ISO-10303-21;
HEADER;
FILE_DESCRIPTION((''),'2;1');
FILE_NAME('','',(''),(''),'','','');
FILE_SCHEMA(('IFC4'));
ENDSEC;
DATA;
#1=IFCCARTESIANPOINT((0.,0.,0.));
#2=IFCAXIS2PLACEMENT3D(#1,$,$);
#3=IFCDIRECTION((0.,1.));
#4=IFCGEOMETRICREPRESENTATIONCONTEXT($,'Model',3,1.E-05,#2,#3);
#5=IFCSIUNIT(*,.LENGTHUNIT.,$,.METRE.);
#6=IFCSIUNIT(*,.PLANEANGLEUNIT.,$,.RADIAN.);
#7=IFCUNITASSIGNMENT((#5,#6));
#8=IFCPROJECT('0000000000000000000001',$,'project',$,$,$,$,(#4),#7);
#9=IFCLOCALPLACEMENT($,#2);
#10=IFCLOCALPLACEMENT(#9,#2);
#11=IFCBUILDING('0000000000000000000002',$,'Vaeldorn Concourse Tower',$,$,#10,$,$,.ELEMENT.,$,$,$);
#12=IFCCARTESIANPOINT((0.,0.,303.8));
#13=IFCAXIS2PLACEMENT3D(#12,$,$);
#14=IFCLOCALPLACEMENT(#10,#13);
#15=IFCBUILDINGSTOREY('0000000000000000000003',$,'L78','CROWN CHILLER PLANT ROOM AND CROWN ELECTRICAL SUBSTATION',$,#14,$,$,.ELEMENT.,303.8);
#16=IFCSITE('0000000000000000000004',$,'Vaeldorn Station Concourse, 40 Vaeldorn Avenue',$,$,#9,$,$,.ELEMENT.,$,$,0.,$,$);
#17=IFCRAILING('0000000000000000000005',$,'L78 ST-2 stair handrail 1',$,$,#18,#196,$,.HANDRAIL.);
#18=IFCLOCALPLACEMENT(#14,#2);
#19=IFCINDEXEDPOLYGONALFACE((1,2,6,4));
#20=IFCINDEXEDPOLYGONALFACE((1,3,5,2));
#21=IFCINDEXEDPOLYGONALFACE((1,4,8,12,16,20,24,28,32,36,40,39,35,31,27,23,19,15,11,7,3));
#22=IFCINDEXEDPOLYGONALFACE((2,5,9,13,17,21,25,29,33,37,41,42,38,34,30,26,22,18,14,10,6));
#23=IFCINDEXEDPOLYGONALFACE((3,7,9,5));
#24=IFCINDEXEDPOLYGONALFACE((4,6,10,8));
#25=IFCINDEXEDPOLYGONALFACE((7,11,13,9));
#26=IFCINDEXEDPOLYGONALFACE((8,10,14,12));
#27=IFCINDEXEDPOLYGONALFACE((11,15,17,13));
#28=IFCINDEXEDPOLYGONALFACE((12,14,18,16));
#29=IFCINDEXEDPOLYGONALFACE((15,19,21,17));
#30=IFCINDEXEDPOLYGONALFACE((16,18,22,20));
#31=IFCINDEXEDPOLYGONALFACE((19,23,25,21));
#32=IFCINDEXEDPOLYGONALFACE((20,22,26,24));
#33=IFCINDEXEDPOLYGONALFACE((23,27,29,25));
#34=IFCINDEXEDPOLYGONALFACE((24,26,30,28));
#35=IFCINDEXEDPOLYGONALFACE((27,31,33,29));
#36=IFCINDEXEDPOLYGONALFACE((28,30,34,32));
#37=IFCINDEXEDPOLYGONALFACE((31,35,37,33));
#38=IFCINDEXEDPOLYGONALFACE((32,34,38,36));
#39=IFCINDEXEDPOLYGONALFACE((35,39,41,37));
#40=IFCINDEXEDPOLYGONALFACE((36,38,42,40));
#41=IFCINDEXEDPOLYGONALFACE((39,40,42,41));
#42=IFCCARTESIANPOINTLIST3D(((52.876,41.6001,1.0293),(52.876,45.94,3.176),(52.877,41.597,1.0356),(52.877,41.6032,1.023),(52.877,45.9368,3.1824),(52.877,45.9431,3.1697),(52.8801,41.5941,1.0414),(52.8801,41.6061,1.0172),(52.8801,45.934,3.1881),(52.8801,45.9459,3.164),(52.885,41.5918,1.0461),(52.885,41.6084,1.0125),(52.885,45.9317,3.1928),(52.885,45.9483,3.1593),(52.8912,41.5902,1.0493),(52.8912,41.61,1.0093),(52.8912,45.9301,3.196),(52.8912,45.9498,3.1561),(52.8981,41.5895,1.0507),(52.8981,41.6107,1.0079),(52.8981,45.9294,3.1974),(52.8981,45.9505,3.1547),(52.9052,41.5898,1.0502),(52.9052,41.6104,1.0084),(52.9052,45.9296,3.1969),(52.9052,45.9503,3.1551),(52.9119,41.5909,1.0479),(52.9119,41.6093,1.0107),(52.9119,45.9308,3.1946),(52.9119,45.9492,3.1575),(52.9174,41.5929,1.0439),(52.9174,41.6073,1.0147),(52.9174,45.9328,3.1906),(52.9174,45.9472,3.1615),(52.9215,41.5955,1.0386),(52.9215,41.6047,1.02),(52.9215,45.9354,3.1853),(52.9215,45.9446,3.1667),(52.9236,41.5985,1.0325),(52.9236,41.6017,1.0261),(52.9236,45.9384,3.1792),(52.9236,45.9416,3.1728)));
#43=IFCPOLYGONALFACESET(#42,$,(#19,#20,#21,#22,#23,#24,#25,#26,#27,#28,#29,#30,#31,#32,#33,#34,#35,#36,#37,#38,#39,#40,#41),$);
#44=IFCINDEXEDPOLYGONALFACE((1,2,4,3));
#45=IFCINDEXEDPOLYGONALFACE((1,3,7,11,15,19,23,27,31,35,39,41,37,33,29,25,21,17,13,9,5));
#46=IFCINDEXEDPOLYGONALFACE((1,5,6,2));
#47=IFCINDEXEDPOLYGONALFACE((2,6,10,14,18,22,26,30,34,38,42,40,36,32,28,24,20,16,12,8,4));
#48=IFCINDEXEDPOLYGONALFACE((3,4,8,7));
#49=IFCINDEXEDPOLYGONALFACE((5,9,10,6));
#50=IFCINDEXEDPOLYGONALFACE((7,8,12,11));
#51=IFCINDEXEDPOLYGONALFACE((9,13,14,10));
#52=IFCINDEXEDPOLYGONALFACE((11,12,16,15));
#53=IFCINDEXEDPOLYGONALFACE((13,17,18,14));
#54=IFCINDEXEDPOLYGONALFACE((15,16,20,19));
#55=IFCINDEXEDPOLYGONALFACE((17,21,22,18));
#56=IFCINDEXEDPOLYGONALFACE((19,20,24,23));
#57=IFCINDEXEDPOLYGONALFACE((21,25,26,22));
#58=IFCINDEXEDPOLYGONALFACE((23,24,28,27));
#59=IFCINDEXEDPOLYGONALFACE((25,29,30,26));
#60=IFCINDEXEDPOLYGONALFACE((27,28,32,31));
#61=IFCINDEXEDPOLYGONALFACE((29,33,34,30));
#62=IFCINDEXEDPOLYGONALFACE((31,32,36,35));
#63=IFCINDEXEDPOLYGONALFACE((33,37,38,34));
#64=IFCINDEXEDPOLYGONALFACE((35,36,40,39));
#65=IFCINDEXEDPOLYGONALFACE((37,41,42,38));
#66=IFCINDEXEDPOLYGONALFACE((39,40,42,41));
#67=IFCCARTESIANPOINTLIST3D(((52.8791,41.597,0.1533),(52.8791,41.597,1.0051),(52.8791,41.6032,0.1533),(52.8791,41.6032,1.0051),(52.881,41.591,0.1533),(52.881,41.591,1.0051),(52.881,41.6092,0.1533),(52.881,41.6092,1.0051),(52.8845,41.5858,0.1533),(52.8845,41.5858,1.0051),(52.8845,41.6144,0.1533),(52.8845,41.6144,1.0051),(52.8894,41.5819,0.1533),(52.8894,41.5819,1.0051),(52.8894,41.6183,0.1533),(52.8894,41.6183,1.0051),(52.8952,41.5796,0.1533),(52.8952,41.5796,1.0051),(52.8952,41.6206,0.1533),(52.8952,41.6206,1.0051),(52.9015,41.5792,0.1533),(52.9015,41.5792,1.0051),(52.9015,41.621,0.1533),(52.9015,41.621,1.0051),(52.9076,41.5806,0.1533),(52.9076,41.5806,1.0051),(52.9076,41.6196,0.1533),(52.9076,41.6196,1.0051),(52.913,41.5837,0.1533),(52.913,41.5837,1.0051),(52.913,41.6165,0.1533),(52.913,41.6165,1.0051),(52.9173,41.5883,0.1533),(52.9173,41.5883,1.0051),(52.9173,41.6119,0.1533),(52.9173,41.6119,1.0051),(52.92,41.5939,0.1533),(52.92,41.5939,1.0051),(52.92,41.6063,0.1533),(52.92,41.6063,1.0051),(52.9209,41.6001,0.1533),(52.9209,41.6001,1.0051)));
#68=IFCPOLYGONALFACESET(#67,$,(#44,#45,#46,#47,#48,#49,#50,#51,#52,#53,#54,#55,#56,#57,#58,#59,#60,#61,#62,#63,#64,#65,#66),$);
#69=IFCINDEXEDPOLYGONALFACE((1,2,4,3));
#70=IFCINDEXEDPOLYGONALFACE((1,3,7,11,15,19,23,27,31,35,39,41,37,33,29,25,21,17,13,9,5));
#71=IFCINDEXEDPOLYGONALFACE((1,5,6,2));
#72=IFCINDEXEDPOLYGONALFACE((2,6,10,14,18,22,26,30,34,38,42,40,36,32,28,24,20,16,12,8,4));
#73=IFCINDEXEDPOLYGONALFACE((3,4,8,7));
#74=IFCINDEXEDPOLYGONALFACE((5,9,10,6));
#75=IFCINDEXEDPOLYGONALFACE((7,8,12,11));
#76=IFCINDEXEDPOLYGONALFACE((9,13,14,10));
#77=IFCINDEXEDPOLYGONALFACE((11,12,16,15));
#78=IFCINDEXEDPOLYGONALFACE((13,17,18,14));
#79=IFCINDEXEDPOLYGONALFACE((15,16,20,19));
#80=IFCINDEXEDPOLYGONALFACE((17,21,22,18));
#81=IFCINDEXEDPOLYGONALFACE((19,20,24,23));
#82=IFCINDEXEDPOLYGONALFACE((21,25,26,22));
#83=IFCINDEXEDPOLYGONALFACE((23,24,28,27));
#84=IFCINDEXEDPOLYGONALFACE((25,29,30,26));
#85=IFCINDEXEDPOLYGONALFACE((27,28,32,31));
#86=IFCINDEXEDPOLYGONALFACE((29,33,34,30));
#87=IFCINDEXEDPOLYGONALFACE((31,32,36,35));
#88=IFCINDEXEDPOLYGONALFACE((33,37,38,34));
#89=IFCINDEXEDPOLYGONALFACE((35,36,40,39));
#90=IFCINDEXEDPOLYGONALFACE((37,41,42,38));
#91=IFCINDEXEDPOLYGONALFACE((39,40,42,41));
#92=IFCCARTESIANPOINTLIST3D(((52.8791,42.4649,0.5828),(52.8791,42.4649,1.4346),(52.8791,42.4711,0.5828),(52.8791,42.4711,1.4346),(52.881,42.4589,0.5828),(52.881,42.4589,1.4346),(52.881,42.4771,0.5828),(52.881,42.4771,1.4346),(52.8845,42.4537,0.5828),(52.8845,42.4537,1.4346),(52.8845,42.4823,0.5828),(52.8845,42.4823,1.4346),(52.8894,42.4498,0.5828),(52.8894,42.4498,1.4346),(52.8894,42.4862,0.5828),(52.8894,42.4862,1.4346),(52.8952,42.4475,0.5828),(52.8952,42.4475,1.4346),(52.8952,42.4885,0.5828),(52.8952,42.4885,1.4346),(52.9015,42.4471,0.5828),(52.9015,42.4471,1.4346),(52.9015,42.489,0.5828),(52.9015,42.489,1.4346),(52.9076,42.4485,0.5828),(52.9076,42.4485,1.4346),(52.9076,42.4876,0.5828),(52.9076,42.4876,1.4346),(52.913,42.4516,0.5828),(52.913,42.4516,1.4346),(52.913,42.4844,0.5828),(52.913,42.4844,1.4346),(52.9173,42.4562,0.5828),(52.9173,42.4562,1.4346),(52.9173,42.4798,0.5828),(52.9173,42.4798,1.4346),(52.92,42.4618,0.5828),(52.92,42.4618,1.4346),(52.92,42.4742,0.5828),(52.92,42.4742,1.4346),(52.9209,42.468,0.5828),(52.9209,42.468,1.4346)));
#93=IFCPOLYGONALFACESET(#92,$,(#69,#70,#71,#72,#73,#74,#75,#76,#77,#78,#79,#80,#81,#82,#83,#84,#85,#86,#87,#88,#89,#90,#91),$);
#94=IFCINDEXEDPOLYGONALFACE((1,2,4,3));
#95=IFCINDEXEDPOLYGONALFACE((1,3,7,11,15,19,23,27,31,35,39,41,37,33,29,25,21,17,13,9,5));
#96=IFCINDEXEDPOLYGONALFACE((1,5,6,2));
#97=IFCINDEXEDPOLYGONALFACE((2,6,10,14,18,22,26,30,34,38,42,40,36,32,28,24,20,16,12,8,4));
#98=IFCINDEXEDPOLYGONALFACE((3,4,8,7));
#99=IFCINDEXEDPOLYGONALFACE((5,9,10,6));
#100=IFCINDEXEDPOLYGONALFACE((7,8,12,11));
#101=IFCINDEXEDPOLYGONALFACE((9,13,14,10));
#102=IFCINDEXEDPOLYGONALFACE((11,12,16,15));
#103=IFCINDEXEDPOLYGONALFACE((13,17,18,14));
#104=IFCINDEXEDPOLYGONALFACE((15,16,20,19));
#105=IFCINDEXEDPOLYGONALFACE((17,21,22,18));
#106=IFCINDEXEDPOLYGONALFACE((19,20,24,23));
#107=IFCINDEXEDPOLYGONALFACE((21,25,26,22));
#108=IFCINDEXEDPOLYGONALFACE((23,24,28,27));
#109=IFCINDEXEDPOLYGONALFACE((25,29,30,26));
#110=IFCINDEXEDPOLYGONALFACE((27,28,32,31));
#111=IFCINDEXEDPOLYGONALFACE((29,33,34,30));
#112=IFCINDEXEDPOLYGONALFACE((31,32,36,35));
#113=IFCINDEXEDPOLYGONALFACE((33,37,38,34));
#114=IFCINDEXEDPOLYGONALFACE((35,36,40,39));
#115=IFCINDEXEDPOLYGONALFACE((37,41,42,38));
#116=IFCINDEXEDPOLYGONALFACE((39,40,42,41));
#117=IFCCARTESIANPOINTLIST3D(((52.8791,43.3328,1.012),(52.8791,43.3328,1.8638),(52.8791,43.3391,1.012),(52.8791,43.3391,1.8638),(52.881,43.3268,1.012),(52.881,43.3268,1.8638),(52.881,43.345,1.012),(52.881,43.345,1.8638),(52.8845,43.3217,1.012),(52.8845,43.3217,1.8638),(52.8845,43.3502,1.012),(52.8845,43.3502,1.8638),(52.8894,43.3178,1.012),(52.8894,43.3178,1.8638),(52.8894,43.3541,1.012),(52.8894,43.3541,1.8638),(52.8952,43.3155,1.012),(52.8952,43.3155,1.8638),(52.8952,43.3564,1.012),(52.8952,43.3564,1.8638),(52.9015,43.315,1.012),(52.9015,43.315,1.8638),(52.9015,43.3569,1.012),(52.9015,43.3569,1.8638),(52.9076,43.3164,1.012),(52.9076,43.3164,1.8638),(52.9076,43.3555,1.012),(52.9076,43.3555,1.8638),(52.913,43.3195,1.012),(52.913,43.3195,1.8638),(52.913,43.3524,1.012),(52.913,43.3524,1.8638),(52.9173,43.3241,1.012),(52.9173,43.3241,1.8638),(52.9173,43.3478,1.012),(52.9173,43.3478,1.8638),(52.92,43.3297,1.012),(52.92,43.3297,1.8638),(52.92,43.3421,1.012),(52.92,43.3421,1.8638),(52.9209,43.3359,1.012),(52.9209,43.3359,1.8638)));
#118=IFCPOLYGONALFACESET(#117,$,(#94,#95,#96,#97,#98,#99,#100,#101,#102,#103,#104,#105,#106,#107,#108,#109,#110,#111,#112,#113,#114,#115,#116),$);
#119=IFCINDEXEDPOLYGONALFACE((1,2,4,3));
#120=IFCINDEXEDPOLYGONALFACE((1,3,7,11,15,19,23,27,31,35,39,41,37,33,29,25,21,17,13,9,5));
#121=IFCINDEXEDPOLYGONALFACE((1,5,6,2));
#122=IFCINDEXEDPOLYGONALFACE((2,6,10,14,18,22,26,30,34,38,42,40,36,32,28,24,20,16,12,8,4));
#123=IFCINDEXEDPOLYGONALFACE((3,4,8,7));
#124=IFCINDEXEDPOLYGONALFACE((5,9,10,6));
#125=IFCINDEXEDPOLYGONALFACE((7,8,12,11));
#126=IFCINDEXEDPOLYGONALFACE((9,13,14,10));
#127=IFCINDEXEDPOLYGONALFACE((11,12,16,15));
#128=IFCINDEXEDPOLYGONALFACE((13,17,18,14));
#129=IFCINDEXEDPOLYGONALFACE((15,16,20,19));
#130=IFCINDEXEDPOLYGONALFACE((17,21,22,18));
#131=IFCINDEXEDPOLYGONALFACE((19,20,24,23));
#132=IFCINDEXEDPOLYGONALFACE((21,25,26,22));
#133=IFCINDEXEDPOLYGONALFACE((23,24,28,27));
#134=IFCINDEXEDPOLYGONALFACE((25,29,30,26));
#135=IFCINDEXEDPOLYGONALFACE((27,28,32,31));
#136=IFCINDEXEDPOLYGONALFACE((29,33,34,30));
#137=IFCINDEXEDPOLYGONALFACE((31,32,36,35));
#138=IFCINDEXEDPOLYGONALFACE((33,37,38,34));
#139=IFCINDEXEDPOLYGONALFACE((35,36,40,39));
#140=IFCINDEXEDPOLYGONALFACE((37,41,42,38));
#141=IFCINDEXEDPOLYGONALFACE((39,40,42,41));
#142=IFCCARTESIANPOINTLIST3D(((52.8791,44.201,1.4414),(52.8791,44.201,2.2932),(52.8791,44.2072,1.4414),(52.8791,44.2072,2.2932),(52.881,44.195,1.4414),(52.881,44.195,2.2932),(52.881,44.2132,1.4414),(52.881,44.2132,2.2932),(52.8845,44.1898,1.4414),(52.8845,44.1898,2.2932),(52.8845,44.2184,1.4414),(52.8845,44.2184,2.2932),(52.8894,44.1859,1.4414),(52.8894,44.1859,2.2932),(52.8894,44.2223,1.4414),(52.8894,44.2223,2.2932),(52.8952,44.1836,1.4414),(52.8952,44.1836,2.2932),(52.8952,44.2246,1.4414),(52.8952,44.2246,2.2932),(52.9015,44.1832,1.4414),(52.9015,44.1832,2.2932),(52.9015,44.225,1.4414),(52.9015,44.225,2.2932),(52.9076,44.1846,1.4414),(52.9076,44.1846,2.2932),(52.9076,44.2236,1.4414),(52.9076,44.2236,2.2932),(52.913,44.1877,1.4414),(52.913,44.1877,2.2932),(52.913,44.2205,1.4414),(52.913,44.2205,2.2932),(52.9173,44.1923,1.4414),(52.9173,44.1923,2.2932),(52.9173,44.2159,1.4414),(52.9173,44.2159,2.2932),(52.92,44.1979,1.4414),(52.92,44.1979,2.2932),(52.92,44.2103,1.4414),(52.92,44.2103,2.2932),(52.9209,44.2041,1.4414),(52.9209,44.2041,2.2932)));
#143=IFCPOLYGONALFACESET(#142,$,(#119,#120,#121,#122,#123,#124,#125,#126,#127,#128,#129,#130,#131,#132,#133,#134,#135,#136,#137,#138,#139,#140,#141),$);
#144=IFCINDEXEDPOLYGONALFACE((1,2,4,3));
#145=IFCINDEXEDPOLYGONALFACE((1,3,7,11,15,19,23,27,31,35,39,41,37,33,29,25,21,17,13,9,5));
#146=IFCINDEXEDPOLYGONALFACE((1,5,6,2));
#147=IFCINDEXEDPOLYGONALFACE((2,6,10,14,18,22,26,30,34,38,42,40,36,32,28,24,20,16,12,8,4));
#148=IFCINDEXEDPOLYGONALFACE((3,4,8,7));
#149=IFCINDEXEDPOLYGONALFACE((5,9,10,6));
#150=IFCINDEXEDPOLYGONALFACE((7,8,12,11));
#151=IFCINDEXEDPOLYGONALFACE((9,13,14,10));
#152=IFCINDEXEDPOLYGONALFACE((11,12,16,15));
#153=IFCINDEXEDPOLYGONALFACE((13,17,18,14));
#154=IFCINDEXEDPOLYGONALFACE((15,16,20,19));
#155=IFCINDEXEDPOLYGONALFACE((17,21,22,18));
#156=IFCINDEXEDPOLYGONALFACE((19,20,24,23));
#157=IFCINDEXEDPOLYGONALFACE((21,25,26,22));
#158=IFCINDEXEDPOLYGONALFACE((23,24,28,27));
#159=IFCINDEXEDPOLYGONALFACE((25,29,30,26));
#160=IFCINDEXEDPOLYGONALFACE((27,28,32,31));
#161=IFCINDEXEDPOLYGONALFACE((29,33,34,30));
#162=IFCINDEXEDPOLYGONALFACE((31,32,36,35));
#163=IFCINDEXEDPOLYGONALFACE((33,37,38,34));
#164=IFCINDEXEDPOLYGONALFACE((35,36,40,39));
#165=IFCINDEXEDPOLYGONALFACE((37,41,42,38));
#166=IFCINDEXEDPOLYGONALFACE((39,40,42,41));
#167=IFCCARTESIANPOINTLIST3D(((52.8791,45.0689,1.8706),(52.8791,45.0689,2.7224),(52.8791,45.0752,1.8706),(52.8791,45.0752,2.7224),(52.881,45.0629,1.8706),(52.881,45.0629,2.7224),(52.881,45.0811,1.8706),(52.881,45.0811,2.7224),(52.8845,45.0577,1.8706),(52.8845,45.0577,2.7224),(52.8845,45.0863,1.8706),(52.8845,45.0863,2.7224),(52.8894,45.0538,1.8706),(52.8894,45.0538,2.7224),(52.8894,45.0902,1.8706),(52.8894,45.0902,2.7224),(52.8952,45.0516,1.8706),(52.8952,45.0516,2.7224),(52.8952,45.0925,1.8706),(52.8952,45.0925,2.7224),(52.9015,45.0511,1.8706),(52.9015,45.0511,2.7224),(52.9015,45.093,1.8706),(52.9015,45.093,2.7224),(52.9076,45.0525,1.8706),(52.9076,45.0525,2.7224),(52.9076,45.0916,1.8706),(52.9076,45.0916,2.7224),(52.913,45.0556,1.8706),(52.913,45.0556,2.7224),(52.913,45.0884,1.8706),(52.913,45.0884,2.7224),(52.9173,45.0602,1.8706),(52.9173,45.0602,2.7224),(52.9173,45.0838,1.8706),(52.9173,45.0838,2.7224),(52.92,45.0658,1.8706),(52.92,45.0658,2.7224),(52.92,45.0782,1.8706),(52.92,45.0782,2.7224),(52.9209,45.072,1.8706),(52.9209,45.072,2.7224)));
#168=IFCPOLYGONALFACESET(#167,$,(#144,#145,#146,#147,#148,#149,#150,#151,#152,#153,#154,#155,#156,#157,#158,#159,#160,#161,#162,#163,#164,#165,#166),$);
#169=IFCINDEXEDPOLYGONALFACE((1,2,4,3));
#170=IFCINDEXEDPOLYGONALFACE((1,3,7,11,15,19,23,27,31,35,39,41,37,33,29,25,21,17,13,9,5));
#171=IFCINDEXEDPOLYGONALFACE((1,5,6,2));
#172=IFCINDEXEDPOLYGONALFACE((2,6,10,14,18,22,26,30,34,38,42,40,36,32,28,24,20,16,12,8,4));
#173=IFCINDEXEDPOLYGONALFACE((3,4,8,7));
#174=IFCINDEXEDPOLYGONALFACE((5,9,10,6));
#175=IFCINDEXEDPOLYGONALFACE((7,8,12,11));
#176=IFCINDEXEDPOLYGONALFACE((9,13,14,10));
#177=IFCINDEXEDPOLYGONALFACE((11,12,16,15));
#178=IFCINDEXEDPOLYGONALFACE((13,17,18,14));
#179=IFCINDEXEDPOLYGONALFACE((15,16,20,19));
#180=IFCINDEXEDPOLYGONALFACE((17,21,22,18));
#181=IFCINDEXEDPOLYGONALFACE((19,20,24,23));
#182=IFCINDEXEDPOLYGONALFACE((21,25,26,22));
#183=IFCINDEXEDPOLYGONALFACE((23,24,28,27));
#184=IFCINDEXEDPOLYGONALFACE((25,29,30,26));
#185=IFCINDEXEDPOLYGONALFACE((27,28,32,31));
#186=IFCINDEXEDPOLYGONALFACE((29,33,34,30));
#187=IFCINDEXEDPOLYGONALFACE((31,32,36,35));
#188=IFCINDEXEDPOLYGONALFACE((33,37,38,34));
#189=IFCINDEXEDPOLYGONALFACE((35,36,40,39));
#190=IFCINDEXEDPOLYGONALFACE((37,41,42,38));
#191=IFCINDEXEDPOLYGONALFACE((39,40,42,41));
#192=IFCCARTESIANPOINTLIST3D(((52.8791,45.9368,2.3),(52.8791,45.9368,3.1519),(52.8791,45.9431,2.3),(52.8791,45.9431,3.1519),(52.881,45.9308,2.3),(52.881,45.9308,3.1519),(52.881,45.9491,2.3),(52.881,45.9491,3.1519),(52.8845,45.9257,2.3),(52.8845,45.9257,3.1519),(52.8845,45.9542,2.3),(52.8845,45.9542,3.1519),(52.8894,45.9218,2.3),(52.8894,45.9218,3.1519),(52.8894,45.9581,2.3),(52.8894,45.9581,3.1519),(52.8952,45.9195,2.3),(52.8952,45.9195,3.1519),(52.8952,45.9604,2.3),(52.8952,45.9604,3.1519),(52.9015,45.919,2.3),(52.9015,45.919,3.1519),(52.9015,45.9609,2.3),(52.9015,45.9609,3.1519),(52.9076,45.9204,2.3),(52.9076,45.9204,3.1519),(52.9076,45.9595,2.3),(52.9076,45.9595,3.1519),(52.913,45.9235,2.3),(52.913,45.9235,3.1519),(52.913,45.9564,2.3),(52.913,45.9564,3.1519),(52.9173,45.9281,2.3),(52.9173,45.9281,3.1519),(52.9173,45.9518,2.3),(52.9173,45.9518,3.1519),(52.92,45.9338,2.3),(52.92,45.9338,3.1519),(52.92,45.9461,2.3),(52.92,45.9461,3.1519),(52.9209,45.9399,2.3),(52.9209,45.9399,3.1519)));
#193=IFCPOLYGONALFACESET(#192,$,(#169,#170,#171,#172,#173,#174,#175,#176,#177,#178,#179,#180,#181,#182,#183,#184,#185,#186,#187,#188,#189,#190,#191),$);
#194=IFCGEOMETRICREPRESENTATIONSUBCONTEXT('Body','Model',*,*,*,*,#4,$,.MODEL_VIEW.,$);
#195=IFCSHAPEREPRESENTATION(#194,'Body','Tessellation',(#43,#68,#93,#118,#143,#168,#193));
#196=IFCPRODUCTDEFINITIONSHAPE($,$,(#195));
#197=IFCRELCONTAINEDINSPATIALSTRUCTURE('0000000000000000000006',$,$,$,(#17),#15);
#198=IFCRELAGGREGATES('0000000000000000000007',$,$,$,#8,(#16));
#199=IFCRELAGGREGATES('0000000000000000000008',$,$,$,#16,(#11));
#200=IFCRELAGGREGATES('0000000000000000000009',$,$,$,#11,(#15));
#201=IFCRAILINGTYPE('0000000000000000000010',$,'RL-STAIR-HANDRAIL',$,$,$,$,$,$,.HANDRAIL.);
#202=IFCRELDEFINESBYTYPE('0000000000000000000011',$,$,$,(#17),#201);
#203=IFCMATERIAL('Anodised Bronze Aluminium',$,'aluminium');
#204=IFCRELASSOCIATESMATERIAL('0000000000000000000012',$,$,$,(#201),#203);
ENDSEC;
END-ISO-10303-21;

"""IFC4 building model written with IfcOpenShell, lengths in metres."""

from ifc_helpers import new_model, si_unit, direction, frame, origin, origin_2d, place, context, subcontext, project, spatial, circle, extrude, material, type_object, element, save


model = new_model("IFC4")

# Units and contexts
model_context = context("Model", 3, precision=1e-05, world=origin(), true_north=direction((0.0, 1.0)))
body_context = subcontext(model_context, "Body", "Model", "MODEL_VIEW")
ifc_project = project(units=[si_unit("LENGTHUNIT", "METRE"), si_unit("PLANEANGLEUNIT", "RADIAN")], contexts=[model_context])

# Site, building, storey
site_placement = place(None, origin())
site = spatial("IfcSite", under=ifc_project, at=site_placement, Name="Vaeldorn Station Concourse, 40 Vaeldorn Avenue", CompositionType="ELEMENT", RefElevation=0.0)
building_placement = place(site_placement, origin())
building = spatial("IfcBuilding", under=site, at=building_placement, Name="Vaeldorn Concourse Tower", CompositionType="ELEMENT")
storey_placement = place(building_placement, frame((0.0, 0.0, 303.8)))
storey = spatial("IfcBuildingStorey", under=building, at=storey_placement, Name="L78", Description="CROWN CHILLER PLANT ROOM AND CROWN ELECTRICAL SUBSTATION", CompositionType="ELEMENT", Elevation=303.8)

# Shared definitions
ifc_material_1 = material(Name="Anodised Bronze Aluminium", Category="aluminium")

# Railing
railing_type_1 = type_object("IfcRailingType", Name="RL-STAIR-HANDRAIL", PredefinedType="HANDRAIL", material=ifc_material_1)
railing_1_placement = place(storey_placement, frame((52.8999, 41.6001, 0.1533)))
element("IfcRailing", 1, at=railing_1_placement, inside=storey, type_object=railing_type_1, Name="L78 ST-2 stair handrail 1", PredefinedType="HANDRAIL", context=body_context, shape_type="SweptSolid", body=[
    extrude(circle(Radius=0.0239, at=origin_2d()), frame((0.0, 0.0, 0.876), z_axis=(0.0, 0.896335, 0.443377), x_axis=(-1.0, 0.0, 0.0)), (0.0, 0.0, 1.0), 4.8418),
    extrude(circle(Radius=0.021, at=origin_2d()), origin(), (0.0, 0.0, 1.0), 0.8518),
    extrude(circle(Radius=0.021, at=origin_2d()), frame((0.0, 0.8679, 0.4294)), (0.0, 0.0, 1.0), 0.8518),
    extrude(circle(Radius=0.021, at=origin_2d()), frame((0.0, 1.7358, 0.8586)), (0.0, 0.0, 1.0), 0.8518),
    extrude(circle(Radius=0.021, at=origin_2d()), frame((0.0, 2.604, 1.2881)), (0.0, 0.0, 1.0), 0.8518),
    extrude(circle(Radius=0.021, at=origin_2d()), frame((0.0, 3.4719, 1.7173)), (0.0, 0.0, 1.0), 0.8518),
    extrude(circle(Radius=0.021, at=origin_2d()), frame((0.0, 4.3398, 2.1467)), (0.0, 0.0, 1.0), 0.8518),
])

save(model, "model.ifc")
